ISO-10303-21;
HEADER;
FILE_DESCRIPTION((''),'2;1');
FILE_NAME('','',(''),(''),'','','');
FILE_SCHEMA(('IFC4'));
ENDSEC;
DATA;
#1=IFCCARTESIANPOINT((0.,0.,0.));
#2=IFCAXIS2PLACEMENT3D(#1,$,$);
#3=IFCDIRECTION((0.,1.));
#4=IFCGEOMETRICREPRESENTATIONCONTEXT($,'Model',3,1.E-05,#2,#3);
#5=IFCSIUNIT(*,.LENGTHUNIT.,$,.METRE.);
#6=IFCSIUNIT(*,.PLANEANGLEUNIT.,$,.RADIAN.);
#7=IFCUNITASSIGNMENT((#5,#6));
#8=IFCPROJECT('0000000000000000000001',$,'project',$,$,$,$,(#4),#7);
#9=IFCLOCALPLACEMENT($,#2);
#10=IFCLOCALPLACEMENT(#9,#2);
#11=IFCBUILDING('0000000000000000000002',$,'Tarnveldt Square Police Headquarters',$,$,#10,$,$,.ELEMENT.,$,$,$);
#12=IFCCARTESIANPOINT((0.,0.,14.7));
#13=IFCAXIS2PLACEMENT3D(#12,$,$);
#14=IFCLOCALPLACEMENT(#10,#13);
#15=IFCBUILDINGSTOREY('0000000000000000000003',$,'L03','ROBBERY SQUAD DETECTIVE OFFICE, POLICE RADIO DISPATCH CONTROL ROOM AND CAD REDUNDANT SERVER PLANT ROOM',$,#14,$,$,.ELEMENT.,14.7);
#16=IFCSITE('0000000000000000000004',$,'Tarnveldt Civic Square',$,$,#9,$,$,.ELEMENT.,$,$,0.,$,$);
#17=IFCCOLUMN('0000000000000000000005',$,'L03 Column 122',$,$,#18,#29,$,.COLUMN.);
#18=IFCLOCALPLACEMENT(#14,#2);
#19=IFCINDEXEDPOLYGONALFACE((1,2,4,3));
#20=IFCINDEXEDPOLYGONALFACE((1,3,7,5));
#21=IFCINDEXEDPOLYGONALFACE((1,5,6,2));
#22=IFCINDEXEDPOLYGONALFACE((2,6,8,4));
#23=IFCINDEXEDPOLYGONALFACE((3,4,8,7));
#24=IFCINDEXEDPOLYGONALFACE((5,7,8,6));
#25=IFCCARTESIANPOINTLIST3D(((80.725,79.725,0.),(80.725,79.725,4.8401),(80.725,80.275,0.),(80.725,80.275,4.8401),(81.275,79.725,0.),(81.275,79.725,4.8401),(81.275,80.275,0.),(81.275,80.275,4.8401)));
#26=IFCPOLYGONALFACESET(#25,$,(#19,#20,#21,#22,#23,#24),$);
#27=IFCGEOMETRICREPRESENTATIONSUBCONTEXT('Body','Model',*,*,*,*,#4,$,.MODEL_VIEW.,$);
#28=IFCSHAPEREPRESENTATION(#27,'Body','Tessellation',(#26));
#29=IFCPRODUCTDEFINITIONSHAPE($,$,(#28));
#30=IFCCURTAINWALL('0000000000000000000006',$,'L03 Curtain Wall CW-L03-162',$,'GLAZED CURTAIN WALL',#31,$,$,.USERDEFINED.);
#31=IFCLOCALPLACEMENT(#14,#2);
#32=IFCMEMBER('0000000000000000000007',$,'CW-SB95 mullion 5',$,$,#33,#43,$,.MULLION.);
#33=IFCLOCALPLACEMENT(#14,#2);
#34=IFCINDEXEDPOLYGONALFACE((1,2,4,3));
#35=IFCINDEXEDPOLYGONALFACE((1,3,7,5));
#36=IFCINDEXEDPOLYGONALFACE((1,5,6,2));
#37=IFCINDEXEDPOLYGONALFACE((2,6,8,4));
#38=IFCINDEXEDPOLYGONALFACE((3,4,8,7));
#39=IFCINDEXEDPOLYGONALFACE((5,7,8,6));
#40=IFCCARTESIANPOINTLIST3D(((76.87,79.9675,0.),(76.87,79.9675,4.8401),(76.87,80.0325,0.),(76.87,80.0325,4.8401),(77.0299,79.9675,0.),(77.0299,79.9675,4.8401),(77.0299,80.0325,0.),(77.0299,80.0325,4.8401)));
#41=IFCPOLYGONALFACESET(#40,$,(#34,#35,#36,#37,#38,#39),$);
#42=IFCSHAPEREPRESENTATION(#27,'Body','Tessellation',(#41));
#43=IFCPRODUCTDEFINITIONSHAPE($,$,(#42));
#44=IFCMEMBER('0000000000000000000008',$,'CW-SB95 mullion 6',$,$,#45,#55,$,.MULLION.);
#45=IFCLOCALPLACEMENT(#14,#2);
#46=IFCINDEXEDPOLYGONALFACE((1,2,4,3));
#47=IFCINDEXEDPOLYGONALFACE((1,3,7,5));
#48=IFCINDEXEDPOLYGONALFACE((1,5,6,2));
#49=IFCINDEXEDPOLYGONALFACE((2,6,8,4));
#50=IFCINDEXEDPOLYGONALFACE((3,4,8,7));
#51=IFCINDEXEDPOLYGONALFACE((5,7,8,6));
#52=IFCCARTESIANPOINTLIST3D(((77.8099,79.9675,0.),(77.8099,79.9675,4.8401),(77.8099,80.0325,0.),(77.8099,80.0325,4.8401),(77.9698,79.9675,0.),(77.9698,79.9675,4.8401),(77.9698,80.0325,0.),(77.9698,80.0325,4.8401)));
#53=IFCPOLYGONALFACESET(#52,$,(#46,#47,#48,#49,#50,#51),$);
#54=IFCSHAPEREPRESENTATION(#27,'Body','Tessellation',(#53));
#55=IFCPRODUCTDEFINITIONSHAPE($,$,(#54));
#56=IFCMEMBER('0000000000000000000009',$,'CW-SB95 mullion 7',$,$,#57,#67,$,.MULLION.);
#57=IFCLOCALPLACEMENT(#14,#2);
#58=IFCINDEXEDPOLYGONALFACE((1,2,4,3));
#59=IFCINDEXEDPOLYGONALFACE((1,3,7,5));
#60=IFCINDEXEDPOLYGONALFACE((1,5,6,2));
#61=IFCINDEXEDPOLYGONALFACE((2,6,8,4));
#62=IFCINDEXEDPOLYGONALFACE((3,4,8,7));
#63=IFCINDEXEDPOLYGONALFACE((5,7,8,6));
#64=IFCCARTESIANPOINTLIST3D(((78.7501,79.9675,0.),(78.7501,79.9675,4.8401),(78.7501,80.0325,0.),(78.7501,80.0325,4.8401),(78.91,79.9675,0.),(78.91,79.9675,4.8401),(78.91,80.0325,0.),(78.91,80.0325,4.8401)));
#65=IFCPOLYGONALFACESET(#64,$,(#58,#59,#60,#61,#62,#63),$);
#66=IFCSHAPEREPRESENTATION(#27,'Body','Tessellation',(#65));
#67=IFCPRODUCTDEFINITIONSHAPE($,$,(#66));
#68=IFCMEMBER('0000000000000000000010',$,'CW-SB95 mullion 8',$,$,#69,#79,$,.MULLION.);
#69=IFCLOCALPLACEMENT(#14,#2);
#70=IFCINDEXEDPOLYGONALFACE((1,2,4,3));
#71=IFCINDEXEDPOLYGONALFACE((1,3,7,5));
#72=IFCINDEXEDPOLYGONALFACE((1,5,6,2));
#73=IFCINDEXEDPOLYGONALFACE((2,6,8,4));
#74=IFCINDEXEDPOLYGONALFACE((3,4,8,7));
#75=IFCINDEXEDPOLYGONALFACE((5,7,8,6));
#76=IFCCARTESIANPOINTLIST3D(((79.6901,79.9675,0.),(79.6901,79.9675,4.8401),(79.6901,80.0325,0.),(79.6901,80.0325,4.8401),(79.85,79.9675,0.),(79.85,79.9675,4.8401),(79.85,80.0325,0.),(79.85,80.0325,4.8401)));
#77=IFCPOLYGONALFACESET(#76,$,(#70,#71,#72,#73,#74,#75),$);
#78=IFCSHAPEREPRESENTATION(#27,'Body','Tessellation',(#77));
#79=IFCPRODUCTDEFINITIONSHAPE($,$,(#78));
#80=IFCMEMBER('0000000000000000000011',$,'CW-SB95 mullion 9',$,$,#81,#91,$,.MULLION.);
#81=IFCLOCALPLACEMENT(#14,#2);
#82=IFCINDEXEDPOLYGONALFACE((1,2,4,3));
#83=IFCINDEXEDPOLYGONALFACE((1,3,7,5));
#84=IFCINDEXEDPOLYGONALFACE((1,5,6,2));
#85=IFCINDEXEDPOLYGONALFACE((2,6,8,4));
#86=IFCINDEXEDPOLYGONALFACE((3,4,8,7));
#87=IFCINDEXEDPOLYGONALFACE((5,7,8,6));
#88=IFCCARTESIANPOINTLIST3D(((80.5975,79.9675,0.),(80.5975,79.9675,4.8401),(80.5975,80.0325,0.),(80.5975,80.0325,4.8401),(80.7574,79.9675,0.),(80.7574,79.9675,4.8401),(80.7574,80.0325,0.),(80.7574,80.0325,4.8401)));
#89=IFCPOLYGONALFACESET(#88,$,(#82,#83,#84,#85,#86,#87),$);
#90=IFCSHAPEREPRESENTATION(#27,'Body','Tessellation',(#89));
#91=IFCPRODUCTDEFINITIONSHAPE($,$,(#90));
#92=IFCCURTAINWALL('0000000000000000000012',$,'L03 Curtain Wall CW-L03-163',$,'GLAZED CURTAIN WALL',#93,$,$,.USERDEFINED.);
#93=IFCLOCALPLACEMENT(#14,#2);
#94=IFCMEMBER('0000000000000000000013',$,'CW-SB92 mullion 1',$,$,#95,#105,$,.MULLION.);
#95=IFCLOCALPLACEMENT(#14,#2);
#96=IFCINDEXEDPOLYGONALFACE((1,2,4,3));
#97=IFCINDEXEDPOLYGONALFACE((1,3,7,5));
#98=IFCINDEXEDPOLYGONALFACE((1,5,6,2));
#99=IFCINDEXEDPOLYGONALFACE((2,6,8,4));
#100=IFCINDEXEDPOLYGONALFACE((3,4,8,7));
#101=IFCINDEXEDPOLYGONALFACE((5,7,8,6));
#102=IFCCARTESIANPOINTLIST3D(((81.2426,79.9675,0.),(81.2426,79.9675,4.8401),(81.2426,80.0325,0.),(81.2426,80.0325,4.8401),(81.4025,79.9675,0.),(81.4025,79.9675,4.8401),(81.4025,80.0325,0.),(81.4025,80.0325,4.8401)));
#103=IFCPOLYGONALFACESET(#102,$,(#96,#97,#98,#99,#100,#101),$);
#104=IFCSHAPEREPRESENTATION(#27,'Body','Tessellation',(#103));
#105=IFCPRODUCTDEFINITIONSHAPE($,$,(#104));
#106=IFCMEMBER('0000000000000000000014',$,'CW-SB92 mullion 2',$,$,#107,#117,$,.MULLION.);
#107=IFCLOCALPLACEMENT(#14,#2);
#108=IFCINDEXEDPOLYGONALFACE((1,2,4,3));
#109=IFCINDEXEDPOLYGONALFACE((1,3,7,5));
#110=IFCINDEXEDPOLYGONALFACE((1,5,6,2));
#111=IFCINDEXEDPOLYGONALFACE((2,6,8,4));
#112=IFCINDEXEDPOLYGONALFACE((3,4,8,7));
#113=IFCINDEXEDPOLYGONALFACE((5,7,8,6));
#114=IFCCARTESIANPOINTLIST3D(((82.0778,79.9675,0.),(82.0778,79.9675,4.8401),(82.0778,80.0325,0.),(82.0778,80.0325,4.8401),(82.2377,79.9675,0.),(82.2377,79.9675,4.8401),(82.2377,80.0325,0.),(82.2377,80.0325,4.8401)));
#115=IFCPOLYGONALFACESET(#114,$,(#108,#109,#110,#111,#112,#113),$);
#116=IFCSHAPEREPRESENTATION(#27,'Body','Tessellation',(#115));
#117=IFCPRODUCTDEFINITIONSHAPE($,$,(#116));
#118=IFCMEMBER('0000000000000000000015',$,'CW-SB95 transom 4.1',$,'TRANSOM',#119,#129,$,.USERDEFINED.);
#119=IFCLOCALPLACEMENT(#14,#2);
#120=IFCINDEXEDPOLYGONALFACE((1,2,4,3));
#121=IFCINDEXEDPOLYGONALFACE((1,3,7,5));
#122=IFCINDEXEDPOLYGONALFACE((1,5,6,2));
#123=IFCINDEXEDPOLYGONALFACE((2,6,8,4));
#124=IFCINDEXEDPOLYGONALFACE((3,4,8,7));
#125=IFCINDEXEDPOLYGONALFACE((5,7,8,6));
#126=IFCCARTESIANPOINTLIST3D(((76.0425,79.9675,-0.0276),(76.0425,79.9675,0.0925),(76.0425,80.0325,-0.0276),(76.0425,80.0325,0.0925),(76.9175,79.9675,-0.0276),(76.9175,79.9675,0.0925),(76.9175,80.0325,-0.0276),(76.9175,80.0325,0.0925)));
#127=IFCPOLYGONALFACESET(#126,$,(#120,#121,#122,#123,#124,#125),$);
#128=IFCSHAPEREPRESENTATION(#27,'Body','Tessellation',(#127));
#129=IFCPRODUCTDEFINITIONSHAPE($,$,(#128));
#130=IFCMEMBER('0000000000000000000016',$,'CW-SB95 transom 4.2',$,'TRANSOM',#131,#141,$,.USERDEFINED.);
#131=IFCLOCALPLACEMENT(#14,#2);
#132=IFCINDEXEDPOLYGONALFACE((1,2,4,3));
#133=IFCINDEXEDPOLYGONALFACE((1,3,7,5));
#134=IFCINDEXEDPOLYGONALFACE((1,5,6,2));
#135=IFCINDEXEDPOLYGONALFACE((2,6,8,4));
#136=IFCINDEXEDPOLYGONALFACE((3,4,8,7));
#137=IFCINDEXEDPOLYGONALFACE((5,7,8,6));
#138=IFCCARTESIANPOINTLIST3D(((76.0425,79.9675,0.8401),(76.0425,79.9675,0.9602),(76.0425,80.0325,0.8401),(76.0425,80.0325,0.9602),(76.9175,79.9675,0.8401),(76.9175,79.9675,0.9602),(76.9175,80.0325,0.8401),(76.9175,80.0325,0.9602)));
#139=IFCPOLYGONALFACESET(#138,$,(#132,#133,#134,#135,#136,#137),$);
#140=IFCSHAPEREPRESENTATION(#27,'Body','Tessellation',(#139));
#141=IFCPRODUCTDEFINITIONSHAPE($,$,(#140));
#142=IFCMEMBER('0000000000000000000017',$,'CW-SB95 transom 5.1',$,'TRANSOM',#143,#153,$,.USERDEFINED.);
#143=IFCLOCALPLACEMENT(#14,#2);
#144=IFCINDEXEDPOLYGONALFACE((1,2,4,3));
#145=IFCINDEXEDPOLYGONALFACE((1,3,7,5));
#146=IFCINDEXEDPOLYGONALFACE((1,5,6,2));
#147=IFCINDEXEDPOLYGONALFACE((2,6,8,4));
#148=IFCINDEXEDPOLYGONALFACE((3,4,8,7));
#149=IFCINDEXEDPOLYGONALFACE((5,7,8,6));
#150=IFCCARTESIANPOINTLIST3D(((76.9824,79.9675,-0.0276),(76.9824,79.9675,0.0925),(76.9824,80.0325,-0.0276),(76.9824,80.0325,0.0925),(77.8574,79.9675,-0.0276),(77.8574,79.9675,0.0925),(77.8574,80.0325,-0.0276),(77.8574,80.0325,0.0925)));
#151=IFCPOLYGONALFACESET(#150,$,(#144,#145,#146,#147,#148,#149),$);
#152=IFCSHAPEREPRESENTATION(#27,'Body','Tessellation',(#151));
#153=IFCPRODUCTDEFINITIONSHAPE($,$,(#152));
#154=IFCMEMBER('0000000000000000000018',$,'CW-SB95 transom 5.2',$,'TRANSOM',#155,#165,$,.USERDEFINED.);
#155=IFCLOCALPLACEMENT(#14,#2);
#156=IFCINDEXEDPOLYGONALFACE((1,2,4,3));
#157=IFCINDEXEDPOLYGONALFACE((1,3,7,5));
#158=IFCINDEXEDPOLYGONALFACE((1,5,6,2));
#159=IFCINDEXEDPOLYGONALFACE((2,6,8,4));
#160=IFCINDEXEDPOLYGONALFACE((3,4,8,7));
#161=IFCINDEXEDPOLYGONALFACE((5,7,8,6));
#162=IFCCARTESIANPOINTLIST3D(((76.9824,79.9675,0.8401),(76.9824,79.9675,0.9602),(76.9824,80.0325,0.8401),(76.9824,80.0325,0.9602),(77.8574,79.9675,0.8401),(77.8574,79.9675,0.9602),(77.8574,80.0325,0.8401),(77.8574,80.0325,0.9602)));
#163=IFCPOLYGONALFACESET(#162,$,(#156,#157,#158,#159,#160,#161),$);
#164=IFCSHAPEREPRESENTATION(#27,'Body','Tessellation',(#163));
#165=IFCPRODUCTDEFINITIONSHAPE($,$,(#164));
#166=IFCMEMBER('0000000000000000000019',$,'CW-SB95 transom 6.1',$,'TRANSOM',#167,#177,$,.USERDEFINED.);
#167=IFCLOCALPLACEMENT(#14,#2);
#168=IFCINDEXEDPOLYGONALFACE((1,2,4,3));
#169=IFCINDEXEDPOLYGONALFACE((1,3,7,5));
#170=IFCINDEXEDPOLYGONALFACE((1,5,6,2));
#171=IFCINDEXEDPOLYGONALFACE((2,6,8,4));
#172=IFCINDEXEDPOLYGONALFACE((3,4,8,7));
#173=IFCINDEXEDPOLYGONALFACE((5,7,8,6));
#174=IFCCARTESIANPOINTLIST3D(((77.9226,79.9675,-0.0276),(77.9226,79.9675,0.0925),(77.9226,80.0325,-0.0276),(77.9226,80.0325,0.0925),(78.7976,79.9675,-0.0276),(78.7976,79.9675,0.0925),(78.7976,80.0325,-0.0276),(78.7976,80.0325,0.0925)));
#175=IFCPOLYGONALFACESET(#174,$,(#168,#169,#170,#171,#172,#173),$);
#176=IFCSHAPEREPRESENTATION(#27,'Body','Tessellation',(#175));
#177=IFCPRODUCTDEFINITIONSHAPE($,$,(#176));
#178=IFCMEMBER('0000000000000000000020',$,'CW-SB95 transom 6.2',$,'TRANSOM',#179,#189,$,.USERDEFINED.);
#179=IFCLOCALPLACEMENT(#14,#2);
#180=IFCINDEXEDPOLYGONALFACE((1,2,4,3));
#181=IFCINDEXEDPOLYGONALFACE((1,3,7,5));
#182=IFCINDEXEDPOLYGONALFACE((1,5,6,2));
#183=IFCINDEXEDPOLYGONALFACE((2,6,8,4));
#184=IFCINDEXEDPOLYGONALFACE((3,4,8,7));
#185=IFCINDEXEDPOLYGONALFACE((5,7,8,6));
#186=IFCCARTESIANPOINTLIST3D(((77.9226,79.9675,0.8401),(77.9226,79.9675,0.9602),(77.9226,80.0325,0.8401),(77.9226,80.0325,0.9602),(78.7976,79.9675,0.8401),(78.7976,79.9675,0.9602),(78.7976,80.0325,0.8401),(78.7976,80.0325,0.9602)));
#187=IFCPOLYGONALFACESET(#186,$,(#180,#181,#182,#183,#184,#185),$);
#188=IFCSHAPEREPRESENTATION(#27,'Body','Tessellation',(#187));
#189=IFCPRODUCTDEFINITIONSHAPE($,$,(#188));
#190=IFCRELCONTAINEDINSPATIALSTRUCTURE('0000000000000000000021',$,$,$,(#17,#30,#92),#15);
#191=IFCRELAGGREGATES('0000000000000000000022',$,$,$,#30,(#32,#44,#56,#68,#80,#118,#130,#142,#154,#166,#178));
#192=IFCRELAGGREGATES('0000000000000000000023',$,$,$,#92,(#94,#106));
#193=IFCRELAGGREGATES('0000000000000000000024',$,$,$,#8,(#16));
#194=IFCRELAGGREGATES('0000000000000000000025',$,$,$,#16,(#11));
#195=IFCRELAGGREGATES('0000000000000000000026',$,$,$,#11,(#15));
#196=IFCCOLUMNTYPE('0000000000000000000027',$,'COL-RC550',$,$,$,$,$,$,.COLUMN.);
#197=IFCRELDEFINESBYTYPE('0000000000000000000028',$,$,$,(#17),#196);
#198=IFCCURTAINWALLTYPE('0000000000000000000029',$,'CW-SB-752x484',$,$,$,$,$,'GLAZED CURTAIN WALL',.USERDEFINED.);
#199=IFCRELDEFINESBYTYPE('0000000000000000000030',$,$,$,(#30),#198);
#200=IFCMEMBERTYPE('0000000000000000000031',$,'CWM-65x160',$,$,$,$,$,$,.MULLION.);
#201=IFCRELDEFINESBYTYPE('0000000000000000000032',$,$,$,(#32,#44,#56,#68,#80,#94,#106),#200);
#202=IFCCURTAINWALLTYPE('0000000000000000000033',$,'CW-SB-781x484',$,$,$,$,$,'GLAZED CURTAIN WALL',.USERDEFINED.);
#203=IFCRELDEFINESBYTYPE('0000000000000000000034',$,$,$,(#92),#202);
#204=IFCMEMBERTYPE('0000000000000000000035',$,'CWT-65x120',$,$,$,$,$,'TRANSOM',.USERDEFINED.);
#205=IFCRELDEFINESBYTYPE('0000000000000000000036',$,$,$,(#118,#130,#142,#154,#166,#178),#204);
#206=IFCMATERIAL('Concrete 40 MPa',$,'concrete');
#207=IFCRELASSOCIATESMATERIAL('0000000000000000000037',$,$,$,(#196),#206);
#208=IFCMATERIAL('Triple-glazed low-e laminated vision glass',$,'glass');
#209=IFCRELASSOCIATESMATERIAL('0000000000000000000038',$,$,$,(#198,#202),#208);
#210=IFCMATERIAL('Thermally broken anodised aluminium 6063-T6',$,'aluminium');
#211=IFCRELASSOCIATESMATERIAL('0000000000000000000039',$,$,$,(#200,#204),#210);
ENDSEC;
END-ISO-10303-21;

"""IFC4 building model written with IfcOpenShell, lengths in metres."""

from ifc_helpers import new_model, si_unit, direction, frame, origin, origin_2d, place, context, subcontext, project, spatial, rectangle, extrude, material, material_profile, profile_set, type_object, element, aggregate, save


model = new_model("IFC4")

# Units and contexts
model_context = context("Model", 3, precision=1e-05, world=origin(), true_north=direction((0.0, 1.0)))
body_context = subcontext(model_context, "Body", "Model", "MODEL_VIEW")
ifc_project = project(units=[si_unit("LENGTHUNIT", "METRE"), si_unit("PLANEANGLEUNIT", "RADIAN")], contexts=[model_context])

# Site, building, storey
site_placement = place(None, origin())
site = spatial("IfcSite", under=ifc_project, at=site_placement, Name="Tarnveldt Civic Square", CompositionType="ELEMENT", RefElevation=0.0)
building_placement = place(site_placement, origin())
building = spatial("IfcBuilding", under=site, at=building_placement, Name="Tarnveldt Square Police Headquarters", CompositionType="ELEMENT")
storey_placement = place(building_placement, frame((0.0, 0.0, 14.7)))
storey = spatial("IfcBuildingStorey", under=building, at=storey_placement, Name="L03", Description="ROBBERY SQUAD DETECTIVE OFFICE, POLICE RADIO DISPATCH CONTROL ROOM AND CAD REDUNDANT SERVER PLANT ROOM", CompositionType="ELEMENT", Elevation=14.7)

# Column
ifc_material_1 = material(Name="Concrete 40 MPa", Category="concrete")
ifc_material_profile_1 = material_profile(ifc_material_1, rectangle(XDim=0.55, YDim=0.55, at=origin_2d()), Name="RC-C550x550")
ifc_profile_set_1 = profile_set([ifc_material_profile_1], Name="Concrete 40 MPa")
column_type = type_object("IfcColumnType", Name="COL-RC550", PredefinedType="COLUMN", material=ifc_profile_set_1)
column_placement = place(storey_placement, frame((81.0, 80.0, 0.0), z_axis=(0.0, 0.0, 1.0), x_axis=(1.0, 0.0, 0.0)))
element("IfcColumn", 1, at=column_placement, inside=storey, type_object=column_type, Name="L03 Column 122", PredefinedType="COLUMN", context=body_context, shape_type="SweptSolid", body=[
    extrude(rectangle(XDim=0.55, YDim=0.55, at=origin_2d()), origin(), (0.0, 0.0, 1.0), 4.8401),
])

# Curtain walls, members
ifc_material_2 = material(Name="Triple-glazed low-e laminated vision glass", Category="glass")
curtain_wall_type_1 = type_object("IfcCurtainWallType", Name="CW-SB-752x484", ElementType="GLAZED CURTAIN WALL", PredefinedType="USERDEFINED", material=ifc_material_2)
curtain_wall_1_placement = place(storey_placement, origin())
curtain_wall_1 = element("IfcCurtainWall", 2, at=curtain_wall_1_placement, inside=storey, type_object=curtain_wall_type_1, Name="L03 Curtain Wall CW-L03-162", ObjectType="GLAZED CURTAIN WALL", PredefinedType="USERDEFINED")
ifc_material_3 = material(Name="Thermally broken anodised aluminium 6063-T6", Category="aluminium")
ifc_material_profile_2 = material_profile(ifc_material_3, rectangle(XDim=0.0649, YDim=0.1599, at=origin_2d()), Name="CW-M65x160")
ifc_profile_set_2 = profile_set([ifc_material_profile_2], Name="Thermally broken anodised aluminium 6063-T6")
member_type_1 = type_object("IfcMemberType", Name="CWM-65x160", PredefinedType="MULLION", material=ifc_profile_set_2)
member_1_placement = place(storey_placement, frame((76.95, 80.0, 0.0), z_axis=(0.0, 0.0, 1.0), x_axis=(0.0, 1.0, 0.0)))
member_1 = element("IfcMember", 3, at=member_1_placement, type_object=member_type_1, Name="CW-SB95 mullion 5", PredefinedType="MULLION", context=body_context, shape_type="SweptSolid", body=[
    extrude(rectangle(XDim=0.0649, YDim=0.1599, at=origin_2d()), origin(), (0.0, 0.0, 1.0), 4.8401),
])
member_2_placement = place(storey_placement, frame((77.8899, 80.0, 0.0), z_axis=(0.0, 0.0, 1.0), x_axis=(0.0, 1.0, 0.0)))
member_2 = element("IfcMember", 4, at=member_2_placement, type_object=member_type_1, Name="CW-SB95 mullion 6", PredefinedType="MULLION", context=body_context, shape_type="SweptSolid", body=[
    extrude(rectangle(XDim=0.0649, YDim=0.1599, at=origin_2d()), origin(), (0.0, 0.0, 1.0), 4.8401),
])
member_3_placement = place(storey_placement, frame((78.8301, 80.0, 0.0), z_axis=(0.0, 0.0, 1.0), x_axis=(0.0, 1.0, 0.0)))
member_3 = element("IfcMember", 5, at=member_3_placement, type_object=member_type_1, Name="CW-SB95 mullion 7", PredefinedType="MULLION", context=body_context, shape_type="SweptSolid", body=[
    extrude(rectangle(XDim=0.0649, YDim=0.1599, at=origin_2d()), origin(), (0.0, 0.0, 1.0), 4.8401),
])
member_4_placement = place(storey_placement, frame((79.77, 80.0, 0.0), z_axis=(0.0, 0.0, 1.0), x_axis=(0.0, 1.0, 0.0)))
member_4 = element("IfcMember", 6, at=member_4_placement, type_object=member_type_1, Name="CW-SB95 mullion 8", PredefinedType="MULLION", context=body_context, shape_type="SweptSolid", body=[
    extrude(rectangle(XDim=0.0649, YDim=0.1599, at=origin_2d()), origin(), (0.0, 0.0, 1.0), 4.8401),
])
member_5_placement = place(storey_placement, frame((80.6775, 80.0, 0.0), z_axis=(0.0, 0.0, 1.0), x_axis=(0.0, 1.0, 0.0)))
member_5 = element("IfcMember", 7, at=member_5_placement, type_object=member_type_1, Name="CW-SB95 mullion 9", PredefinedType="MULLION", context=body_context, shape_type="SweptSolid", body=[
    extrude(rectangle(XDim=0.0649, YDim=0.1599, at=origin_2d()), origin(), (0.0, 0.0, 1.0), 4.8401),
])
curtain_wall_type_2 = type_object("IfcCurtainWallType", Name="CW-SB-781x484", ElementType="GLAZED CURTAIN WALL", PredefinedType="USERDEFINED", material=ifc_material_2)
curtain_wall_2_placement = place(storey_placement, origin())
curtain_wall_2 = element("IfcCurtainWall", 8, at=curtain_wall_2_placement, inside=storey, type_object=curtain_wall_type_2, Name="L03 Curtain Wall CW-L03-163", ObjectType="GLAZED CURTAIN WALL", PredefinedType="USERDEFINED")
member_6_placement = place(storey_placement, frame((81.3225, 80.0, 0.0), z_axis=(0.0, 0.0, 1.0), x_axis=(0.0, 1.0, 0.0)))
member_6 = element("IfcMember", 9, at=member_6_placement, type_object=member_type_1, Name="CW-SB92 mullion 1", PredefinedType="MULLION", context=body_context, shape_type="SweptSolid", body=[
    extrude(rectangle(XDim=0.0649, YDim=0.1599, at=origin_2d()), origin(), (0.0, 0.0, 1.0), 4.8401),
])
member_7_placement = place(storey_placement, frame((82.1577, 80.0, 0.0), z_axis=(0.0, 0.0, 1.0), x_axis=(0.0, 1.0, 0.0)))
member_7 = element("IfcMember", 10, at=member_7_placement, type_object=member_type_1, Name="CW-SB92 mullion 2", PredefinedType="MULLION", context=body_context, shape_type="SweptSolid", body=[
    extrude(rectangle(XDim=0.0649, YDim=0.1599, at=origin_2d()), origin(), (0.0, 0.0, 1.0), 4.8401),
])

# Members
ifc_material_profile_3 = material_profile(ifc_material_3, rectangle(XDim=0.0649, YDim=0.1201, at=origin_2d()), Name="CW-T65x120")
ifc_profile_set_3 = profile_set([ifc_material_profile_3], Name="Thermally broken anodised aluminium 6063-T6")
member_type_2 = type_object("IfcMemberType", Name="CWT-65x120", ElementType="TRANSOM", PredefinedType="USERDEFINED", material=ifc_profile_set_3)
member_8_placement = place(storey_placement, frame((76.0425, 80.0, 0.0325), z_axis=(1.0, 0.0, 0.0), x_axis=(0.0, 1.0, 0.0)))
member_8 = element("IfcMember", 11, at=member_8_placement, type_object=member_type_2, Name="CW-SB95 transom 4.1", ObjectType="TRANSOM", PredefinedType="USERDEFINED", context=body_context, shape_type="SweptSolid", body=[
    extrude(rectangle(XDim=0.0649, YDim=0.1201, at=origin_2d()), origin(), (0.0, 0.0, 1.0), 0.875),
])
member_9_placement = place(storey_placement, frame((76.0425, 80.0, 0.9001), z_axis=(1.0, 0.0, 0.0), x_axis=(0.0, 1.0, 0.0)))
member_9 = element("IfcMember", 12, at=member_9_placement, type_object=member_type_2, Name="CW-SB95 transom 4.2", ObjectType="TRANSOM", PredefinedType="USERDEFINED", context=body_context, shape_type="SweptSolid", body=[
    extrude(rectangle(XDim=0.0649, YDim=0.1201, at=origin_2d()), origin(), (0.0, 0.0, 1.0), 0.875),
])
member_10_placement = place(storey_placement, frame((76.9824, 80.0, 0.0325), z_axis=(1.0, 0.0, 0.0), x_axis=(0.0, 1.0, 0.0)))
member_10 = element("IfcMember", 13, at=member_10_placement, type_object=member_type_2, Name="CW-SB95 transom 5.1", ObjectType="TRANSOM", PredefinedType="USERDEFINED", context=body_context, shape_type="SweptSolid", body=[
    extrude(rectangle(XDim=0.0649, YDim=0.1201, at=origin_2d()), origin(), (0.0, 0.0, 1.0), 0.875),
])
member_11_placement = place(storey_placement, frame((76.9824, 80.0, 0.9001), z_axis=(1.0, 0.0, 0.0), x_axis=(0.0, 1.0, 0.0)))
member_11 = element("IfcMember", 14, at=member_11_placement, type_object=member_type_2, Name="CW-SB95 transom 5.2", ObjectType="TRANSOM", PredefinedType="USERDEFINED", context=body_context, shape_type="SweptSolid", body=[
    extrude(rectangle(XDim=0.0649, YDim=0.1201, at=origin_2d()), origin(), (0.0, 0.0, 1.0), 0.875),
])
member_12_placement = place(storey_placement, frame((77.9226, 80.0, 0.0325), z_axis=(1.0, 0.0, 0.0), x_axis=(0.0, 1.0, 0.0)))
member_12 = element("IfcMember", 15, at=member_12_placement, type_object=member_type_2, Name="CW-SB95 transom 6.1", ObjectType="TRANSOM", PredefinedType="USERDEFINED", context=body_context, shape_type="SweptSolid", body=[
    extrude(rectangle(XDim=0.0649, YDim=0.1201, at=origin_2d()), origin(), (0.0, 0.0, 1.0), 0.875),
])
member_13_placement = place(storey_placement, frame((77.9226, 80.0, 0.9001), z_axis=(1.0, 0.0, 0.0), x_axis=(0.0, 1.0, 0.0)))
member_13 = element("IfcMember", 16, at=member_13_placement, type_object=member_type_2, Name="CW-SB95 transom 6.2", ObjectType="TRANSOM", PredefinedType="USERDEFINED", context=body_context, shape_type="SweptSolid", body=[
    extrude(rectangle(XDim=0.0649, YDim=0.1201, at=origin_2d()), origin(), (0.0, 0.0, 1.0), 0.875),
])

aggregate(curtain_wall_1, [member_1, member_2, member_3, member_4, member_5, member_8, member_9, member_10, member_11, member_12, member_13])
aggregate(curtain_wall_2, [member_6, member_7])

save(model, "model.ifc")
